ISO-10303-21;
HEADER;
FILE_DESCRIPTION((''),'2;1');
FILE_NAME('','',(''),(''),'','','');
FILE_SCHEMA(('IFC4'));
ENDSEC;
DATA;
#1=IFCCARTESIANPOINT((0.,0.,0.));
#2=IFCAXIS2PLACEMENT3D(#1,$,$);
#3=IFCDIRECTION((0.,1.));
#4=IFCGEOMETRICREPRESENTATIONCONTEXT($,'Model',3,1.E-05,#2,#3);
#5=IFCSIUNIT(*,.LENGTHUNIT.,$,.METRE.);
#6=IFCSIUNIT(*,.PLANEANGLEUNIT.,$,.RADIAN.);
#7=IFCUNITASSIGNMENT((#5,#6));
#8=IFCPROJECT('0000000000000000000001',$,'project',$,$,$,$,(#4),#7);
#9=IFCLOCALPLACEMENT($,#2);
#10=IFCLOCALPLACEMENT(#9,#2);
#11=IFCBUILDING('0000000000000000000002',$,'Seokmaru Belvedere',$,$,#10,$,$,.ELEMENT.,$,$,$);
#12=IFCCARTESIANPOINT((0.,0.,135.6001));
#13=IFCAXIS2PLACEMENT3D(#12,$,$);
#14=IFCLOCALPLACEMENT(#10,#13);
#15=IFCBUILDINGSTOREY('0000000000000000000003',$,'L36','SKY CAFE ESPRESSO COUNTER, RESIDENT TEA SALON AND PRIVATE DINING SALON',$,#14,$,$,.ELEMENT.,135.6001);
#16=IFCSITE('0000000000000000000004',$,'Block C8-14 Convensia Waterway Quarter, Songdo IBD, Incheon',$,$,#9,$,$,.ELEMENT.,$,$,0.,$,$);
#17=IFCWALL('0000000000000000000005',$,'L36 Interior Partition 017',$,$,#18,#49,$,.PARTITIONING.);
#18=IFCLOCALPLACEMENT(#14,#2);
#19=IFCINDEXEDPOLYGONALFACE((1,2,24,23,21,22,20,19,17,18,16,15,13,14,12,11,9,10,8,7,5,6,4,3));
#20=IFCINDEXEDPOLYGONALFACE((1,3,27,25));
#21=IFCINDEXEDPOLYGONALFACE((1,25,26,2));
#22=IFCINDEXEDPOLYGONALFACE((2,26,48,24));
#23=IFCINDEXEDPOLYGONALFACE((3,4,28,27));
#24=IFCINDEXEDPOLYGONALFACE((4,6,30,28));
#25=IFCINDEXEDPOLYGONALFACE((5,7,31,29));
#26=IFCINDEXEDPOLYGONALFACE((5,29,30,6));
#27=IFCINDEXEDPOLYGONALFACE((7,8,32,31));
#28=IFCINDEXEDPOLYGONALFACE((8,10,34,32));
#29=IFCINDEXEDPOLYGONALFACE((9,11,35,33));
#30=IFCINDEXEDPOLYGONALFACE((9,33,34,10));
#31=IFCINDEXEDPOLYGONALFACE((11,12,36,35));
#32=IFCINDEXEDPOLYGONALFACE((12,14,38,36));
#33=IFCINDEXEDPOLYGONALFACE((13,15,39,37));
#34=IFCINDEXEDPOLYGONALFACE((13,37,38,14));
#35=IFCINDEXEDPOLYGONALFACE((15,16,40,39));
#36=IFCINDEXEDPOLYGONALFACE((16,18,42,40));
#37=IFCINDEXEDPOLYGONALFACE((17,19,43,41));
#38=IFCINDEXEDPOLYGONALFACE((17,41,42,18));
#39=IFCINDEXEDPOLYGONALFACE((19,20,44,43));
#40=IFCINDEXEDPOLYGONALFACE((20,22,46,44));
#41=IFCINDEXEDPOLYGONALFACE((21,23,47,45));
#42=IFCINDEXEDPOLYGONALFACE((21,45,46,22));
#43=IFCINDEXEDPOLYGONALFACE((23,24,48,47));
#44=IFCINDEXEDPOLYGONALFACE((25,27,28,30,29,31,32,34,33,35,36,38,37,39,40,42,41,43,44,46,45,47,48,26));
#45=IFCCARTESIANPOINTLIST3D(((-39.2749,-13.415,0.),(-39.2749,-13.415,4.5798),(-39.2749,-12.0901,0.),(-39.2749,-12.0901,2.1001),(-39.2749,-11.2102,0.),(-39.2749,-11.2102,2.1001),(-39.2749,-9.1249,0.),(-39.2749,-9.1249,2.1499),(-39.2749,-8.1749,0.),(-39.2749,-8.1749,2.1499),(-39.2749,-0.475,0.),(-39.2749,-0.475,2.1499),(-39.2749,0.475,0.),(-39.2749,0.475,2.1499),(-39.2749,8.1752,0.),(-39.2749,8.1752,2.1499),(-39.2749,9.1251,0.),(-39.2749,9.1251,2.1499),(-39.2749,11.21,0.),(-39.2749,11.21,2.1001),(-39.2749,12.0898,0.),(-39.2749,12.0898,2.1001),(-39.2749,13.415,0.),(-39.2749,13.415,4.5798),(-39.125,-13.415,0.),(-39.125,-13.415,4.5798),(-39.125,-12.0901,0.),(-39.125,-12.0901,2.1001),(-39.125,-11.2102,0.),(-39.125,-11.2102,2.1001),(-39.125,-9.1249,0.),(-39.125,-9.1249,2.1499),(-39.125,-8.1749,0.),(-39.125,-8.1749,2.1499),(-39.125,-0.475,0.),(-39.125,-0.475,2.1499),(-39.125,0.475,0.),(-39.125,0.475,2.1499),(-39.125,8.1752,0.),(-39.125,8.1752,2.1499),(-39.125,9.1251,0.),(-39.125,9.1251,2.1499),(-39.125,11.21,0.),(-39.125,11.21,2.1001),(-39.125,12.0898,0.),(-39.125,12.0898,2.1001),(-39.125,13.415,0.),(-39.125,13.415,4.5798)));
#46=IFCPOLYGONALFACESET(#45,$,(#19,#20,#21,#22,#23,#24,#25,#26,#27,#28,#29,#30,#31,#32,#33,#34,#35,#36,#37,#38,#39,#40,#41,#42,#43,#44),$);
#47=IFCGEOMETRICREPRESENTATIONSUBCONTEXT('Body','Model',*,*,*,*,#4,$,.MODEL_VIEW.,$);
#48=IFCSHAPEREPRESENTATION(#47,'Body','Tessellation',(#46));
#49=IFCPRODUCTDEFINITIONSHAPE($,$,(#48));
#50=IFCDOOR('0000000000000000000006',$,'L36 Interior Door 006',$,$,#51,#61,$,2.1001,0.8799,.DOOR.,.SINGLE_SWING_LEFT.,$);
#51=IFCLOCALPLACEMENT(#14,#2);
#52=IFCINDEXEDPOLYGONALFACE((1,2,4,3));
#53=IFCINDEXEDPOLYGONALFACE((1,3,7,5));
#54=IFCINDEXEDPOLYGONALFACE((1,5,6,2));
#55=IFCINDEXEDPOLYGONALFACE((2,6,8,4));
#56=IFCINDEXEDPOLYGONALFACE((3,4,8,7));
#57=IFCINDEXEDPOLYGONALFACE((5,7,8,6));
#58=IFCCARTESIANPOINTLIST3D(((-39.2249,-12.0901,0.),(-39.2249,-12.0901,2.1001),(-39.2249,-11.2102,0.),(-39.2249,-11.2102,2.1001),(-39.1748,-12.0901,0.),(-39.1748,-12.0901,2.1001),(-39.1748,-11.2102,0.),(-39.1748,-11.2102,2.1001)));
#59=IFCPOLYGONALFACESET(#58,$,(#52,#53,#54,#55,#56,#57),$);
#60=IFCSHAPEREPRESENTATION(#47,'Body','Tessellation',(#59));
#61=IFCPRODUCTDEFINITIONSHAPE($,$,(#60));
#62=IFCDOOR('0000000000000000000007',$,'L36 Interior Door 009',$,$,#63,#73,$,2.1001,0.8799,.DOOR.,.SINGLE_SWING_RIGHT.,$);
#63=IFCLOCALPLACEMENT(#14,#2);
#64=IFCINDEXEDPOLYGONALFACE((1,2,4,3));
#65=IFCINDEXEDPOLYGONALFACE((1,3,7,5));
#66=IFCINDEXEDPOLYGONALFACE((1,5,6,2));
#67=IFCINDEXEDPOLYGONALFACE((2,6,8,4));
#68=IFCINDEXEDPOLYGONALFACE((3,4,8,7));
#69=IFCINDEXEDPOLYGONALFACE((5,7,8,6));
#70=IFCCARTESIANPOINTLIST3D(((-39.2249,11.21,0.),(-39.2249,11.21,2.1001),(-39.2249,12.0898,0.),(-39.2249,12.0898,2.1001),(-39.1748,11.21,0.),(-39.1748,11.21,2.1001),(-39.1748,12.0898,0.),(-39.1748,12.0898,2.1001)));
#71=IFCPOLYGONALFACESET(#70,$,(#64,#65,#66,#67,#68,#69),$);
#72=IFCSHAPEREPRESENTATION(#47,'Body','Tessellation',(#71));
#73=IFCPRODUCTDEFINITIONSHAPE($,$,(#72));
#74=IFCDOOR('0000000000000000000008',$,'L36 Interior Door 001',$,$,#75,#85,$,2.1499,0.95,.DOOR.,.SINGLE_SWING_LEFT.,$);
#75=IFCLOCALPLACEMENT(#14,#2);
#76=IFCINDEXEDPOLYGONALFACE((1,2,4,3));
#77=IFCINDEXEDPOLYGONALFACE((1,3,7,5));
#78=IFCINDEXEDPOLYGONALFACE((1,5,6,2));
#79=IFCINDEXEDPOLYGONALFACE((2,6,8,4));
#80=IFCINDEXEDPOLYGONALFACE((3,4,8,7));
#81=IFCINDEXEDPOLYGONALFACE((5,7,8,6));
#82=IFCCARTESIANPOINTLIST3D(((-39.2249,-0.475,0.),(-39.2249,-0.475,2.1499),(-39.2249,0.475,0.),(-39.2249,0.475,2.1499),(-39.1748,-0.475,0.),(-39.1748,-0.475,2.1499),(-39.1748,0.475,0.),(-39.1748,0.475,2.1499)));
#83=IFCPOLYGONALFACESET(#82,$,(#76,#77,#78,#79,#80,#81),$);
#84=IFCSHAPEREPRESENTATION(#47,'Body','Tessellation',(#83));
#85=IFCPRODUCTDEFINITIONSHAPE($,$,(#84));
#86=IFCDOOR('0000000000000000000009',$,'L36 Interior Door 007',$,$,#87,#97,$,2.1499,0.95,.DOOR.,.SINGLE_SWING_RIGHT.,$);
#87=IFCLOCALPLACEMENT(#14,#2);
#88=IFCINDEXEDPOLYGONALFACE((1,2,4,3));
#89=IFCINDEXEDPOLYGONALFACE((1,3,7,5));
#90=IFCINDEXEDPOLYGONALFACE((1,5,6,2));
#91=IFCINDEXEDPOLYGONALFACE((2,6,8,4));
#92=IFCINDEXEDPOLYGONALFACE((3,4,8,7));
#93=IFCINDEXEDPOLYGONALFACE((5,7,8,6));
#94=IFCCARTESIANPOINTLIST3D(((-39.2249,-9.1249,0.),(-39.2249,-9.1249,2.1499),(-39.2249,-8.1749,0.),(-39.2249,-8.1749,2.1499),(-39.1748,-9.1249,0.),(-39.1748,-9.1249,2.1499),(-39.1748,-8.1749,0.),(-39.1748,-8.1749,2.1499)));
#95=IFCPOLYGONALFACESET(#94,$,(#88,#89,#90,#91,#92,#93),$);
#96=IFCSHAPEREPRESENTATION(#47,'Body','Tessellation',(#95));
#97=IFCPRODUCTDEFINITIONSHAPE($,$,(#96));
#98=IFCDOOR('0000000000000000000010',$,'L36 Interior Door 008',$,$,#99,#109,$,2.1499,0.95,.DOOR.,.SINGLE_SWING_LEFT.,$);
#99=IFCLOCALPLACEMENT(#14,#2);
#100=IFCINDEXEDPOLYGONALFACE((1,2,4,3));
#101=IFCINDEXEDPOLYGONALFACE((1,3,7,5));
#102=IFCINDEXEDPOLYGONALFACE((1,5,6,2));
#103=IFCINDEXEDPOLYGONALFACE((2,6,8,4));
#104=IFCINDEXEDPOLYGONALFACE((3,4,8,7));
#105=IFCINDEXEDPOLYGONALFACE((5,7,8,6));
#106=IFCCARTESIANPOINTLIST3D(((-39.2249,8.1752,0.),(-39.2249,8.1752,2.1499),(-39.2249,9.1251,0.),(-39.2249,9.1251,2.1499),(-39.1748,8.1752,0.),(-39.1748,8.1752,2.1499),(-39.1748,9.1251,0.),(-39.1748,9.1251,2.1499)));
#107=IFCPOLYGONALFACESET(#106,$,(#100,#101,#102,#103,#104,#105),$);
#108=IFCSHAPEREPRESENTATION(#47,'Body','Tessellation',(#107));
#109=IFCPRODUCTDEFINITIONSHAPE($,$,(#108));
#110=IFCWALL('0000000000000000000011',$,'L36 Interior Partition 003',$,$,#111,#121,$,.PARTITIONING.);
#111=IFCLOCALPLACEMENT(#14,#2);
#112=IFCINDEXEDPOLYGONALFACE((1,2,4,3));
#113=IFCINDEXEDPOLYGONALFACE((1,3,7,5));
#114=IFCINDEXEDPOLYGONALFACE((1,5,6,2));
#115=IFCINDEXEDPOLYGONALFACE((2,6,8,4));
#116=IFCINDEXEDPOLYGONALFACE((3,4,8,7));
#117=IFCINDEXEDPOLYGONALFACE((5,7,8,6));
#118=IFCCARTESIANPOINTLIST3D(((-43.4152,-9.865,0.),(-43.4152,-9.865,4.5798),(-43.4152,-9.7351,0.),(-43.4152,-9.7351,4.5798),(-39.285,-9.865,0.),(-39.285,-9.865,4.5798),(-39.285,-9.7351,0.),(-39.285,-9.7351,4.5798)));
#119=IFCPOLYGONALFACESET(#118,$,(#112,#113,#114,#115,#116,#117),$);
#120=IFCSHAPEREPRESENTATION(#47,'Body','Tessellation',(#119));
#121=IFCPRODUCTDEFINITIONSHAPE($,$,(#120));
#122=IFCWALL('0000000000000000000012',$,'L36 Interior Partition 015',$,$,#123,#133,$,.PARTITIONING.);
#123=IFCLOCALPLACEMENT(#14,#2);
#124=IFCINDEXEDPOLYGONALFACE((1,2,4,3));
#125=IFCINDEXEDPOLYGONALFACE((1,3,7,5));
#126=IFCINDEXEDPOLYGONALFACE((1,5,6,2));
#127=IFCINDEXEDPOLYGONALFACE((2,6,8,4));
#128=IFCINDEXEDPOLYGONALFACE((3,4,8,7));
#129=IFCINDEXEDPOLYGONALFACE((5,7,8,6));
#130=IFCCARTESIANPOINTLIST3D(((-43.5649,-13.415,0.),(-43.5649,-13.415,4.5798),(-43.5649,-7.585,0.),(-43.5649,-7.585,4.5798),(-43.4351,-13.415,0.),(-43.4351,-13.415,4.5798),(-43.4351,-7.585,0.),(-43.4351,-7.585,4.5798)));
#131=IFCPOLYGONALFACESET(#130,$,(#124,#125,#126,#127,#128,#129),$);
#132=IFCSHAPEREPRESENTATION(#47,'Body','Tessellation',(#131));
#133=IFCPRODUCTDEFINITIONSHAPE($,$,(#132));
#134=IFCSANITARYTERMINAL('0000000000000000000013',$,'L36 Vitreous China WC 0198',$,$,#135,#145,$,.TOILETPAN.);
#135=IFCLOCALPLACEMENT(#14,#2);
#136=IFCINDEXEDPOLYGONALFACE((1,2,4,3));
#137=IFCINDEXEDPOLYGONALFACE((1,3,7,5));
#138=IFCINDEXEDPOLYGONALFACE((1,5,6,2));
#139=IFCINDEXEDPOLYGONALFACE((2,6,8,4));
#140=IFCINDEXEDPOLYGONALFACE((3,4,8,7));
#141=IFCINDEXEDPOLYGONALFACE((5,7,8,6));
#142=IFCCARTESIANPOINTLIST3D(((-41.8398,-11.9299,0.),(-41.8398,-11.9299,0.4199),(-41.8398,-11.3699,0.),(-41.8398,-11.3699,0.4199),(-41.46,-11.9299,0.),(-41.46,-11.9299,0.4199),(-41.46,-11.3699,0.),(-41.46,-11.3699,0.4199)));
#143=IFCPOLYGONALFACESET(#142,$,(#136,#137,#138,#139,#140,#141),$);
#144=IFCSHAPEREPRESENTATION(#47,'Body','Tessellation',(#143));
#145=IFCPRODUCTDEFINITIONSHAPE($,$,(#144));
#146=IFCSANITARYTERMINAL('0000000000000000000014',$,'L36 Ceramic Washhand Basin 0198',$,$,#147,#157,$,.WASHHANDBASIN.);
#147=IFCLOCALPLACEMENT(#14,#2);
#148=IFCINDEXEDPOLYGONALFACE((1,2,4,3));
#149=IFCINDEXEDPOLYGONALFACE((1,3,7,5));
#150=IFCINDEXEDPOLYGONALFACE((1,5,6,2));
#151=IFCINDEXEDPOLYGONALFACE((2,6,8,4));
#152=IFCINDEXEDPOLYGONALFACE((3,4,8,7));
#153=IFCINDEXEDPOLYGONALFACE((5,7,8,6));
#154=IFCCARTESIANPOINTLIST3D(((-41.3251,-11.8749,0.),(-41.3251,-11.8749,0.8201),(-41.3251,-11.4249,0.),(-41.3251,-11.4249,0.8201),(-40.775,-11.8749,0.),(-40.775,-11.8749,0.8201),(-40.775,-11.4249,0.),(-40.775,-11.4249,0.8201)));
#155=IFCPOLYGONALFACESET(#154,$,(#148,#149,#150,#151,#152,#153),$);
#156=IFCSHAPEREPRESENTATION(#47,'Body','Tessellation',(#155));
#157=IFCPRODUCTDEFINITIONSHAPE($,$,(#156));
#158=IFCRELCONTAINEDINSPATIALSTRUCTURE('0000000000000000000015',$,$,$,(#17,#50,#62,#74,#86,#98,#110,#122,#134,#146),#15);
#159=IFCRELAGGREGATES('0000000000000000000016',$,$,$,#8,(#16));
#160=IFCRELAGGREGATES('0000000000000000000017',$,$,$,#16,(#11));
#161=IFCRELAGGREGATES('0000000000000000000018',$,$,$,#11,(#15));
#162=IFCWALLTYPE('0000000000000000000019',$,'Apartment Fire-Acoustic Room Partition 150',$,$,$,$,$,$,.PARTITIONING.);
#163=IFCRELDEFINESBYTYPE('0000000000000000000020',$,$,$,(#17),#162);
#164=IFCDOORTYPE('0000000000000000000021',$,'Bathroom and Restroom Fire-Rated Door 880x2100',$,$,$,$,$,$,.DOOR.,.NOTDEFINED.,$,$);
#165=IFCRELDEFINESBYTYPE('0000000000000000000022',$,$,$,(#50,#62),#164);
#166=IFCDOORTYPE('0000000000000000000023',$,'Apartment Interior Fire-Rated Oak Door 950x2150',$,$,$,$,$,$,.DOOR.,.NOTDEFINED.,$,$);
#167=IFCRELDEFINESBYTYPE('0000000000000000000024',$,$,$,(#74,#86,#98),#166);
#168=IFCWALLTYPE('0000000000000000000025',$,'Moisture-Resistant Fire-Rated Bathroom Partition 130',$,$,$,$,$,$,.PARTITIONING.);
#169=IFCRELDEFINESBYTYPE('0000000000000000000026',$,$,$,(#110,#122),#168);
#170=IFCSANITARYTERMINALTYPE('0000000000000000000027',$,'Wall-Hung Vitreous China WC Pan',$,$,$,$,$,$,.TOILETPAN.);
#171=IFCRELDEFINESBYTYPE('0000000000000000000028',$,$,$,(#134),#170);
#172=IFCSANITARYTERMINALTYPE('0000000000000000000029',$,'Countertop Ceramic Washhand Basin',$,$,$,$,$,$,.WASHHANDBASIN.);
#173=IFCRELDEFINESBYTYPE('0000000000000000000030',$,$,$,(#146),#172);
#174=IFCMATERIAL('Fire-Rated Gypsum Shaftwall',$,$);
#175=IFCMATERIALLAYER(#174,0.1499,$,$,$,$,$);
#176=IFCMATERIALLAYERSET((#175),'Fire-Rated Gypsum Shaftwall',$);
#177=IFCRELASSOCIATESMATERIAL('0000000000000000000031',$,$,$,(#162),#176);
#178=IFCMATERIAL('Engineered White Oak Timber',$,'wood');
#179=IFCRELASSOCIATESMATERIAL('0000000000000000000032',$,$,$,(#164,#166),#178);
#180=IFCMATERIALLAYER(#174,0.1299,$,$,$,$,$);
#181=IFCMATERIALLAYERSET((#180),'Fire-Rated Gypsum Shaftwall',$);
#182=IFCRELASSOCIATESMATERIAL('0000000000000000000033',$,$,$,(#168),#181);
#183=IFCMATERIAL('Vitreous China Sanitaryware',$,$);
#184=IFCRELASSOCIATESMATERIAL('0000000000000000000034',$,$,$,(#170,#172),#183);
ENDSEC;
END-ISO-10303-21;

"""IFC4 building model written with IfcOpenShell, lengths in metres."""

from ifc_helpers import new_model, si_unit, direction, frame, frame_2d, origin, origin_2d, place, context, subcontext, project, spatial, rectangle, extrude, source, transform, mapped, material, layer, layer_set, type_object, type_shapes, element, fill, save


model = new_model("IFC4")

# Units and contexts
model_context = context("Model", 3, precision=1e-05, world=origin(), true_north=direction((0.0, 1.0)))
body_context = subcontext(model_context, "Body", "Model", "MODEL_VIEW")
ifc_project = project(units=[si_unit("LENGTHUNIT", "METRE"), si_unit("PLANEANGLEUNIT", "RADIAN")], contexts=[model_context])

# Site, building, storey
site_placement = place(None, origin())
site = spatial("IfcSite", under=ifc_project, at=site_placement, Name="Block C8-14 Convensia Waterway Quarter, Songdo IBD, Incheon", CompositionType="ELEMENT", RefElevation=0.0)
building_placement = place(site_placement, origin())
building = spatial("IfcBuilding", under=site, at=building_placement, Name="Seokmaru Belvedere", CompositionType="ELEMENT")
storey_placement = place(building_placement, frame((0.0, 0.0, 135.6001)))
storey = spatial("IfcBuildingStorey", under=building, at=storey_placement, Name="L36", Description="SKY CAFE ESPRESSO COUNTER, RESIDENT TEA SALON AND PRIVATE DINING SALON", CompositionType="ELEMENT", Elevation=135.6001)

# Wall, openings, doors
ifc_material_1 = material(Name="Fire-Rated Gypsum Shaftwall")
ifc_layer_1 = layer(ifc_material_1, 0.1499)
ifc_layer_set_1 = layer_set([ifc_layer_1], Name="Fire-Rated Gypsum Shaftwall")
wall_type_1 = type_object("IfcWallType", Name="Apartment Fire-Acoustic Room Partition 150", PredefinedType="PARTITIONING", material=ifc_layer_set_1)
wall_1_placement = place(storey_placement, frame((-39.2, -13.415, 0.0), z_axis=(0.0, 0.0, 1.0), x_axis=(0.0, 1.0, 0.0)))
wall_1 = element("IfcWall", 1, at=wall_1_placement, inside=storey, type_object=wall_type_1, Name="L36 Interior Partition 017", PredefinedType="PARTITIONING", context=body_context, shape_type="SweptSolid", body=[
    extrude(rectangle(XDim=26.8301, YDim=0.1499, at=frame_2d((13.415, 0.0))), origin(), (0.0, 0.0, 1.0), 4.5798),
])
opening_1_placement = place(wall_1_placement, frame((12.9399, 0.0, 0.0)))
opening_1 = element("IfcOpeningElement", 2, at=opening_1_placement, cuts=wall_1, PredefinedType="OPENING", context=body_context, shape_type="SweptSolid", body=[
    extrude(rectangle(XDim=0.95, YDim=2.1499, at=frame_2d((0.4751, 1.075))), frame((0.0, 0.085, 0.0), z_axis=(0.0, -1.0, 0.0), x_axis=(1.0, 0.0, 0.0)), (0.0, 0.0, 1.0), 0.1699),
])
opening_2_placement = place(wall_1_placement, frame((1.325, 0.0, 0.0)))
opening_2 = element("IfcOpeningElement", 3, at=opening_2_placement, cuts=wall_1, PredefinedType="OPENING", context=body_context, shape_type="SweptSolid", body=[
    extrude(rectangle(XDim=0.8799, YDim=2.1001, at=frame_2d((0.4399, 1.05))), frame((0.0, 0.085, 0.0), z_axis=(0.0, -1.0, 0.0), x_axis=(1.0, 0.0, 0.0)), (0.0, 0.0, 1.0), 0.1699),
])
opening_3_placement = place(wall_1_placement, frame((4.29, 0.0, 0.0)))
opening_3 = element("IfcOpeningElement", 4, at=opening_3_placement, cuts=wall_1, PredefinedType="OPENING", context=body_context, shape_type="SweptSolid", body=[
    extrude(rectangle(XDim=0.95, YDim=2.1499, at=frame_2d((0.4751, 1.075))), frame((0.0, 0.085, 0.0), z_axis=(0.0, -1.0, 0.0), x_axis=(1.0, 0.0, 0.0)), (0.0, 0.0, 1.0), 0.1699),
])
opening_4_placement = place(wall_1_placement, frame((21.5901, 0.0, 0.0)))
opening_4 = element("IfcOpeningElement", 5, at=opening_4_placement, cuts=wall_1, PredefinedType="OPENING", context=body_context, shape_type="SweptSolid", body=[
    extrude(rectangle(XDim=0.95, YDim=2.1499, at=frame_2d((0.4751, 1.075))), frame((0.0, 0.085, 0.0), z_axis=(0.0, -1.0, 0.0), x_axis=(1.0, 0.0, 0.0)), (0.0, 0.0, 1.0), 0.1699),
])
opening_5_placement = place(wall_1_placement, frame((24.625, 0.0, 0.0)))
opening_5 = element("IfcOpeningElement", 6, at=opening_5_placement, cuts=wall_1, PredefinedType="OPENING", context=body_context, shape_type="SweptSolid", body=[
    extrude(rectangle(XDim=0.8799, YDim=2.1001, at=frame_2d((0.4399, 1.05))), frame((0.0, 0.085, 0.0), z_axis=(0.0, -1.0, 0.0), x_axis=(1.0, 0.0, 0.0)), (0.0, 0.0, 1.0), 0.1699),
])
ifc_material_2 = material(Name="Engineered White Oak Timber", Category="wood")
door_type_1 = type_object("IfcDoorType", Name="Bathroom and Restroom Fire-Rated Door 880x2100", OperationType="NOTDEFINED", PredefinedType="DOOR", material=ifc_material_2)
shared_shape_1 = source(origin(), body_context, "Body", "SweptSolid", [
    extrude(rectangle(XDim=0.8799, YDim=2.1001, at=frame_2d((0.4399, 1.05))), frame((0.0, 0.0249, 0.0), z_axis=(0.0, -1.0, 0.0), x_axis=(1.0, 0.0, 0.0)), (0.0, 0.0, 1.0), 0.05),
])
type_shapes(door_type_1, [shared_shape_1])
door_1_placement = place(opening_2_placement, origin())
door_1 = element("IfcDoor", 7, at=door_1_placement, inside=storey, type_object=door_type_1, Name="L36 Interior Door 006", OperationType="SINGLE_SWING_LEFT", OverallHeight=2.1001, OverallWidth=0.8799, PredefinedType="DOOR", context=body_context, shape_type="MappedRepresentation", body=[
    mapped(shared_shape_1, transform((0.0, 0.0, 0.0), scale=1.0)),
])
fill(opening_2, door_1)
door_2_placement = place(opening_5_placement, origin())
door_2 = element("IfcDoor", 8, at=door_2_placement, inside=storey, type_object=door_type_1, Name="L36 Interior Door 009", OperationType="SINGLE_SWING_RIGHT", OverallHeight=2.1001, OverallWidth=0.8799, PredefinedType="DOOR", context=body_context, shape_type="MappedRepresentation", body=[
    mapped(shared_shape_1, transform((0.0, 0.0, 0.0), scale=1.0)),
])
fill(opening_5, door_2)
door_type_2 = type_object("IfcDoorType", Name="Apartment Interior Fire-Rated Oak Door 950x2150", OperationType="NOTDEFINED", PredefinedType="DOOR", material=ifc_material_2)
shared_shape_2 = source(origin(), body_context, "Body", "SweptSolid", [
    extrude(rectangle(XDim=0.95, YDim=2.1499, at=frame_2d((0.4751, 1.075))), frame((0.0, 0.0249, 0.0), z_axis=(0.0, -1.0, 0.0), x_axis=(1.0, 0.0, 0.0)), (0.0, 0.0, 1.0), 0.05),
])
type_shapes(door_type_2, [shared_shape_2])
door_3_placement = place(opening_1_placement, origin())
door_3 = element("IfcDoor", 9, at=door_3_placement, inside=storey, type_object=door_type_2, Name="L36 Interior Door 001", OperationType="SINGLE_SWING_LEFT", OverallHeight=2.1499, OverallWidth=0.95, PredefinedType="DOOR", context=body_context, shape_type="MappedRepresentation", body=[
    mapped(shared_shape_2, transform((0.0, 0.0, 0.0), scale=1.0)),
])
fill(opening_1, door_3)
door_4_placement = place(opening_3_placement, origin())
door_4 = element("IfcDoor", 10, at=door_4_placement, inside=storey, type_object=door_type_2, Name="L36 Interior Door 007", OperationType="SINGLE_SWING_RIGHT", OverallHeight=2.1499, OverallWidth=0.95, PredefinedType="DOOR", context=body_context, shape_type="MappedRepresentation", body=[
    mapped(shared_shape_2, transform((0.0, 0.0, 0.0), scale=1.0)),
])
fill(opening_3, door_4)
door_5_placement = place(opening_4_placement, origin())
door_5 = element("IfcDoor", 11, at=door_5_placement, inside=storey, type_object=door_type_2, Name="L36 Interior Door 008", OperationType="SINGLE_SWING_LEFT", OverallHeight=2.1499, OverallWidth=0.95, PredefinedType="DOOR", context=body_context, shape_type="MappedRepresentation", body=[
    mapped(shared_shape_2, transform((0.0, 0.0, 0.0), scale=1.0)),
])
fill(opening_4, door_5)

# Walls
ifc_layer_2 = layer(ifc_material_1, 0.1299)
ifc_layer_set_2 = layer_set([ifc_layer_2], Name="Fire-Rated Gypsum Shaftwall")
wall_type_2 = type_object("IfcWallType", Name="Moisture-Resistant Fire-Rated Bathroom Partition 130", PredefinedType="PARTITIONING", material=ifc_layer_set_2)
wall_2_placement = place(storey_placement, frame((-43.415, -9.8, 0.0), z_axis=(0.0, 0.0, 1.0), x_axis=(1.0, 0.0, 0.0)))
element("IfcWall", 12, at=wall_2_placement, inside=storey, type_object=wall_type_2, Name="L36 Interior Partition 003", PredefinedType="PARTITIONING", context=body_context, shape_type="SweptSolid", body=[
    extrude(rectangle(XDim=4.1301, YDim=0.1299, at=frame_2d((2.0649, 0.0))), origin(), (0.0, 0.0, 1.0), 4.5798),
])
wall_3_placement = place(storey_placement, frame((-43.5, -13.415, 0.0), z_axis=(0.0, 0.0, 1.0), x_axis=(0.0, 1.0, 0.0)))
element("IfcWall", 13, at=wall_3_placement, inside=storey, type_object=wall_type_2, Name="L36 Interior Partition 015", PredefinedType="PARTITIONING", context=body_context, shape_type="SweptSolid", body=[
    extrude(rectangle(XDim=5.8301, YDim=0.1299, at=frame_2d((2.915, 0.0))), origin(), (0.0, 0.0, 1.0), 4.5798),
])

# Sanitary terminals
ifc_material_3 = material(Name="Vitreous China Sanitaryware")
sanitary_terminal_type_1 = type_object("IfcSanitaryTerminalType", Name="Wall-Hung Vitreous China WC Pan", PredefinedType="TOILETPAN", material=ifc_material_3)
shared_shape_3 = source(origin(), body_context, "Body", "SweptSolid", [
    extrude(rectangle(XDim=0.3799, YDim=0.5601, at=origin_2d()), origin(), (0.0, 0.0, 1.0), 0.4199),
])
type_shapes(sanitary_terminal_type_1, [shared_shape_3])
sanitary_terminal_1_placement = place(storey_placement, frame((-41.6499, -11.6499, 0.0), z_axis=(0.0, 0.0, 1.0), x_axis=(1.0, 0.0, 0.0)))
element("IfcSanitaryTerminal", 14, at=sanitary_terminal_1_placement, inside=storey, type_object=sanitary_terminal_type_1, Name="L36 Vitreous China WC 0198", PredefinedType="TOILETPAN", context=body_context, shape_type="MappedRepresentation", body=[
    mapped(shared_shape_3, transform((0.0, 0.0, 0.0), scale=1.0)),
])
sanitary_terminal_type_2 = type_object("IfcSanitaryTerminalType", Name="Countertop Ceramic Washhand Basin", PredefinedType="WASHHANDBASIN", material=ifc_material_3)
shared_shape_4 = source(origin(), body_context, "Body", "SweptSolid", [
    extrude(rectangle(XDim=0.55, YDim=0.45, at=origin_2d()), origin(), (0.0, 0.0, 1.0), 0.8201),
])
type_shapes(sanitary_terminal_type_2, [shared_shape_4])
sanitary_terminal_2_placement = place(storey_placement, frame((-41.05, -11.6499, 0.0), z_axis=(0.0, 0.0, 1.0), x_axis=(1.0, 0.0, 0.0)))
element("IfcSanitaryTerminal", 15, at=sanitary_terminal_2_placement, inside=storey, type_object=sanitary_terminal_type_2, Name="L36 Ceramic Washhand Basin 0198", PredefinedType="WASHHANDBASIN", context=body_context, shape_type="MappedRepresentation", body=[
    mapped(shared_shape_4, transform((0.0, 0.0, 0.0), scale=1.0)),
])

save(model, "model.ifc")
